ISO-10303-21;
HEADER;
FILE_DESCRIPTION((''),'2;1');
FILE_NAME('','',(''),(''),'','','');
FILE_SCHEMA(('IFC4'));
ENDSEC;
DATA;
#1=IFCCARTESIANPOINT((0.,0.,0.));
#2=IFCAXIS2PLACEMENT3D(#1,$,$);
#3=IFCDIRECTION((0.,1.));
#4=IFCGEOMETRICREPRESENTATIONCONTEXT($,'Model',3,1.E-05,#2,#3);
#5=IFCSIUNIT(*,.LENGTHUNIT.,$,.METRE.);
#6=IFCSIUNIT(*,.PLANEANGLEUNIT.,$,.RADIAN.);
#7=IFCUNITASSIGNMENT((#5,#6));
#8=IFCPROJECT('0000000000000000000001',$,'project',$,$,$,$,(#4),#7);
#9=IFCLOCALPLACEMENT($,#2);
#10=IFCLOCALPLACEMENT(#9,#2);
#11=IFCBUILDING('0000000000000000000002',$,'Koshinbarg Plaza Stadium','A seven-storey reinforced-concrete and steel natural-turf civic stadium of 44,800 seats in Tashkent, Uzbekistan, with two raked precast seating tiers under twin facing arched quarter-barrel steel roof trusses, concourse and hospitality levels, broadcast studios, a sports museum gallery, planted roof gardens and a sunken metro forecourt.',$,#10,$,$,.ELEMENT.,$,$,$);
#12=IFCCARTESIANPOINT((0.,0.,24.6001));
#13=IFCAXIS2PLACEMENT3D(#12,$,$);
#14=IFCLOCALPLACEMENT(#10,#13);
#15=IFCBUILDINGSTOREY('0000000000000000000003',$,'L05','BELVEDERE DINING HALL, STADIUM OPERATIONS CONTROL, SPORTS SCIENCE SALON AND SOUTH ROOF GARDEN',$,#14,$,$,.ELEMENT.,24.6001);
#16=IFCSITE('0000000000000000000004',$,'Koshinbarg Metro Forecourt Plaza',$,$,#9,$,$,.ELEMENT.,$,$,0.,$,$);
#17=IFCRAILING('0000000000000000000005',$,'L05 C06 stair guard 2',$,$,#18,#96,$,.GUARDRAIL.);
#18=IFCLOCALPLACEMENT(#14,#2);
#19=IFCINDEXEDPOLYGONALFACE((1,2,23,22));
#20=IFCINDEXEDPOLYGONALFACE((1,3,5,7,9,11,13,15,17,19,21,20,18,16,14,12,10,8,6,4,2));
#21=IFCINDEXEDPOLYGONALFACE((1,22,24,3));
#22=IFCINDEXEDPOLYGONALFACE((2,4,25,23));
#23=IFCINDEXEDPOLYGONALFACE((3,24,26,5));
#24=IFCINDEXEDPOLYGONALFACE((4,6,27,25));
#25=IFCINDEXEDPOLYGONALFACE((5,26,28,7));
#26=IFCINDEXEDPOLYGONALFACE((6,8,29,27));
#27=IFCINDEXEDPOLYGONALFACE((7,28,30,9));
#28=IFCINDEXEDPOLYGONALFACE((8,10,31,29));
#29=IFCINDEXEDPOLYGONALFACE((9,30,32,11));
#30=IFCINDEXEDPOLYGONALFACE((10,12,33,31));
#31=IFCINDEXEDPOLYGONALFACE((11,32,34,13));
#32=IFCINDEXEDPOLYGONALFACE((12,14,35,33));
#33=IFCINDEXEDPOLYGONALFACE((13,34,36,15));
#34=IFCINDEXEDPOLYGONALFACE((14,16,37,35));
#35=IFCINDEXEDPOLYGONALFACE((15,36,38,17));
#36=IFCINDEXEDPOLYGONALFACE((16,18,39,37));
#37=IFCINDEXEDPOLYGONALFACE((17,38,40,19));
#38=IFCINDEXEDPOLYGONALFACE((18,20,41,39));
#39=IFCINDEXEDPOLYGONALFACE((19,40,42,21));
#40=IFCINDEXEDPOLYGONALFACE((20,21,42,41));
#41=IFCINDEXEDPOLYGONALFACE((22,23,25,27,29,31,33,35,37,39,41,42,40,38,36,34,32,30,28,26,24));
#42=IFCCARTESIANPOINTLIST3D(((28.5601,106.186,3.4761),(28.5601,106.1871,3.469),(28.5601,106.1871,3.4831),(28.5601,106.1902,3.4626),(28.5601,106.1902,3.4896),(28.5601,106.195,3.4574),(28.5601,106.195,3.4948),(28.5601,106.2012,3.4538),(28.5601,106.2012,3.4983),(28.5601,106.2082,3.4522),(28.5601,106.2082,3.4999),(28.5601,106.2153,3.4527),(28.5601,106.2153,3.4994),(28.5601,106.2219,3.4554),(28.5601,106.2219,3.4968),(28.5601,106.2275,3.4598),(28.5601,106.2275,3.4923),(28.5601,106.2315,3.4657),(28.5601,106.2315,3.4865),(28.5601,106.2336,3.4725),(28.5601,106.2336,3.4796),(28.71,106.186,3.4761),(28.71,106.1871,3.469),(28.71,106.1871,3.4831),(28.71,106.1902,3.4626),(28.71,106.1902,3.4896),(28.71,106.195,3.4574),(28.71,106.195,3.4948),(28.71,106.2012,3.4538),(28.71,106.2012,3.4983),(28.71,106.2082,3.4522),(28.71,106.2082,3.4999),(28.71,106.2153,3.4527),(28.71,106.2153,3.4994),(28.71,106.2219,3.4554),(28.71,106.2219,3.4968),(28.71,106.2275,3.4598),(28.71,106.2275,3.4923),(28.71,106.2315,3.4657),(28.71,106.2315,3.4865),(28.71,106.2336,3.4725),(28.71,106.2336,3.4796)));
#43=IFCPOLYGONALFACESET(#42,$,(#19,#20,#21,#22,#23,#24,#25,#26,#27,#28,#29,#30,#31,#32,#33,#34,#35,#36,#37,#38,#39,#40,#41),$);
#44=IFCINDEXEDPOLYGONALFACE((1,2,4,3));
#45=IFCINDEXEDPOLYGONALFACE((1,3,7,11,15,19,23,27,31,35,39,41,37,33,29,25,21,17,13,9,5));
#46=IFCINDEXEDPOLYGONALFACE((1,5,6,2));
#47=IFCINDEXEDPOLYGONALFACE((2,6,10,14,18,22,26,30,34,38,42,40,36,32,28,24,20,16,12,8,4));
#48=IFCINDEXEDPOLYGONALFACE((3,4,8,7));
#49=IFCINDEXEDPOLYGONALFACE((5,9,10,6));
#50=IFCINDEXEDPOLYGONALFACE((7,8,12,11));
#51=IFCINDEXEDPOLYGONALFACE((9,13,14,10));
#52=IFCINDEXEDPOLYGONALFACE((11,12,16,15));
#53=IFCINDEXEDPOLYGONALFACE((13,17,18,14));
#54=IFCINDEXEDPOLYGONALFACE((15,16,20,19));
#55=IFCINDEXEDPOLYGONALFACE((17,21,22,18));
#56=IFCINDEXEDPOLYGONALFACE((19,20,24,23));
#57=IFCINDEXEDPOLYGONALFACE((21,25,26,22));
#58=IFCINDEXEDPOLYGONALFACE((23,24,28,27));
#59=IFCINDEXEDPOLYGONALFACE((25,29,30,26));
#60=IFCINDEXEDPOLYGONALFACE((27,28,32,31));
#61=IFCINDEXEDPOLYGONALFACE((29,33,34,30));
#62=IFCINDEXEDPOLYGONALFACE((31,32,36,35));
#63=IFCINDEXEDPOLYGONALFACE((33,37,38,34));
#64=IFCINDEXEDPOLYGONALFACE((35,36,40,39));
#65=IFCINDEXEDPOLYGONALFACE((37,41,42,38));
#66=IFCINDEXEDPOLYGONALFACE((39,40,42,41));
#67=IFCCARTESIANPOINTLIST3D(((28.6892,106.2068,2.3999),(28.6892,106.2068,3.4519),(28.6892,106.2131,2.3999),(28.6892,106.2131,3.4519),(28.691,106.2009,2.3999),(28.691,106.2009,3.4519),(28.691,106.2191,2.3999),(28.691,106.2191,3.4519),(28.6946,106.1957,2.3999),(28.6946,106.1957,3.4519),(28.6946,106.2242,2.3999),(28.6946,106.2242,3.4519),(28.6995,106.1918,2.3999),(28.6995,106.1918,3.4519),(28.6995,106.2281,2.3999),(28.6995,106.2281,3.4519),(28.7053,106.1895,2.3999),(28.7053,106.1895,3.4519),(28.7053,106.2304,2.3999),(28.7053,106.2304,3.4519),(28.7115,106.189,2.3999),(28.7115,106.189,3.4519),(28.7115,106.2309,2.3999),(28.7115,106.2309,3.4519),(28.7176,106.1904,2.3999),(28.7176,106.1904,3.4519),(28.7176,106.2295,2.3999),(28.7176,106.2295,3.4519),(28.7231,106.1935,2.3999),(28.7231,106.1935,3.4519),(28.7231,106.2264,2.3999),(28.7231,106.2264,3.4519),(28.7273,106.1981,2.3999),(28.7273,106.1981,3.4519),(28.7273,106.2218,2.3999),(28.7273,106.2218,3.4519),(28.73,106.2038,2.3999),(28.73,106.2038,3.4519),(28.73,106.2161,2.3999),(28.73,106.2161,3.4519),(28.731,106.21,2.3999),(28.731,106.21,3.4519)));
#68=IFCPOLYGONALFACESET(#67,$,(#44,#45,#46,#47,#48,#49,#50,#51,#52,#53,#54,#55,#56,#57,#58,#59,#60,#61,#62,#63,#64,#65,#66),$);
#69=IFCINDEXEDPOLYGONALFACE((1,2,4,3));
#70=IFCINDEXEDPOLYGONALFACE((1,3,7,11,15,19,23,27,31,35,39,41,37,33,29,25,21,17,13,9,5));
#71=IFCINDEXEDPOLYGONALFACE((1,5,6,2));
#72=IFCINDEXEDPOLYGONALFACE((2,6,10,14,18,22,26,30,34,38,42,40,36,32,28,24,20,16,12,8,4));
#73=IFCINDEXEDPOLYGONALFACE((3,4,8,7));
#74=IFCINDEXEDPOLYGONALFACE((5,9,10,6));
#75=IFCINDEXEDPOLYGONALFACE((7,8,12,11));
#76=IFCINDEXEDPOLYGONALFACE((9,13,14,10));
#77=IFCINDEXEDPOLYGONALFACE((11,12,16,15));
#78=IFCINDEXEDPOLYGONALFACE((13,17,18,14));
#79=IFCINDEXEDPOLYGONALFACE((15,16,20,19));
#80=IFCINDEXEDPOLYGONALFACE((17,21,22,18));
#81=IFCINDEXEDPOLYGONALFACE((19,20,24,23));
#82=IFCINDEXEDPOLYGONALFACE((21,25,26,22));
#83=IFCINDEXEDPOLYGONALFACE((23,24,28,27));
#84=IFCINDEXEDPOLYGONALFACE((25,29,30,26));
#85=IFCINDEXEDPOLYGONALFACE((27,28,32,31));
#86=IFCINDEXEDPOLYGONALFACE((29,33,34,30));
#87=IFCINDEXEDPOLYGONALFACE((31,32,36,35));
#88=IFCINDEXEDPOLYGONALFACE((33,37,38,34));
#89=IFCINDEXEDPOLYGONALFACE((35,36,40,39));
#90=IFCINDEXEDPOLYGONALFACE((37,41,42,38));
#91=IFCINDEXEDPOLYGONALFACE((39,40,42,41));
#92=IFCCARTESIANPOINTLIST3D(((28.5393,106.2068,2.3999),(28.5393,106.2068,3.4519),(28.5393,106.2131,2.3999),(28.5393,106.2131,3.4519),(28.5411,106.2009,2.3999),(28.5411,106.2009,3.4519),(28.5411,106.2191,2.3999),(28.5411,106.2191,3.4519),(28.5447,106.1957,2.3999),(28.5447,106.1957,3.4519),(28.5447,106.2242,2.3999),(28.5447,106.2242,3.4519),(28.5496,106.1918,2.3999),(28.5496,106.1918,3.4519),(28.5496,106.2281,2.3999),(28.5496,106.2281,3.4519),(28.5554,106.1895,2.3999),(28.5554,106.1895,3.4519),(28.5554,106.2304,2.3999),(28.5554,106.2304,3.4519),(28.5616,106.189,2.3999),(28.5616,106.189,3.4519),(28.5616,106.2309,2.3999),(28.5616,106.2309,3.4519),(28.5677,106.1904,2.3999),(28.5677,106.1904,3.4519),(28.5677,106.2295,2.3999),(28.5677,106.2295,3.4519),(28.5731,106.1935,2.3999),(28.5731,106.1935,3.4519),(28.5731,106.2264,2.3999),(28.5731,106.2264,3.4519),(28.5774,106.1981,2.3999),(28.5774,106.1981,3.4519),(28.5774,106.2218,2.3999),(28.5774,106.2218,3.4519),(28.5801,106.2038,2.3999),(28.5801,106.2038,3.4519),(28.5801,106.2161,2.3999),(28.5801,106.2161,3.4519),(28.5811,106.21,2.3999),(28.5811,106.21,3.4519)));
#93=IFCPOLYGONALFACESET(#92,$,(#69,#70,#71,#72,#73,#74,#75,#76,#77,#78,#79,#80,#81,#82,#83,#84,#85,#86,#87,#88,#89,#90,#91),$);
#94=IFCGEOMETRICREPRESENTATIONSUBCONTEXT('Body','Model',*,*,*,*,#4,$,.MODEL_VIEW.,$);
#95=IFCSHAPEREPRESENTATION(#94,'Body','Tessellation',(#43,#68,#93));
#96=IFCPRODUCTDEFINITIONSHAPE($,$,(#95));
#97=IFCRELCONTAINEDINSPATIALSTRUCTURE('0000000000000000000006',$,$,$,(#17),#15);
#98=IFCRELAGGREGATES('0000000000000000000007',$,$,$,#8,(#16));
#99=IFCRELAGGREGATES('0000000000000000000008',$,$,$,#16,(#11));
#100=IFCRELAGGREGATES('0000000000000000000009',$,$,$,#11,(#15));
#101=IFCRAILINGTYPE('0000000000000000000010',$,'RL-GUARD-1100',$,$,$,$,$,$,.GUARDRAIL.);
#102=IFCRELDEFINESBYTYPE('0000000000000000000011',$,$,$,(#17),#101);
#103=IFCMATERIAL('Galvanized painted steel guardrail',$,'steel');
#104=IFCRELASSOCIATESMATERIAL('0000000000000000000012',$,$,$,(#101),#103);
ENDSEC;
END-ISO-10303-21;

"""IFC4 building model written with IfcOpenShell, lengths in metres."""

from ifc_helpers import new_model, si_unit, direction, frame, origin, origin_2d, place, context, subcontext, project, spatial, circle, extrude, material, type_object, element, save


model = new_model("IFC4")

# Units and contexts
model_context = context("Model", 3, precision=1e-05, world=origin(), true_north=direction((0.0, 1.0)))
body_context = subcontext(model_context, "Body", "Model", "MODEL_VIEW")
ifc_project = project(units=[si_unit("LENGTHUNIT", "METRE"), si_unit("PLANEANGLEUNIT", "RADIAN")], contexts=[model_context])

# Site, building, storey
site_placement = place(None, origin())
site = spatial("IfcSite", under=ifc_project, at=site_placement, Name="Koshinbarg Metro Forecourt Plaza", CompositionType="ELEMENT", RefElevation=0.0)
building_placement = place(site_placement, origin())
building = spatial("IfcBuilding", under=site, at=building_placement, Name="Koshinbarg Plaza Stadium", Description="A seven-storey reinforced-concrete and steel natural-turf civic stadium of 44,800 seats in Tashkent, Uzbekistan, with two raked precast seating tiers under twin facing arched quarter-barrel steel roof trusses, concourse and hospitality levels, broadcast studios, a sports museum gallery, planted roof gardens and a sunken metro forecourt.", CompositionType="ELEMENT")
storey_placement = place(building_placement, frame((0.0, 0.0, 24.6001)))
storey = spatial("IfcBuildingStorey", under=building, at=storey_placement, Name="L05", Description="BELVEDERE DINING HALL, STADIUM OPERATIONS CONTROL, SPORTS SCIENCE SALON AND SOUTH ROOF GARDEN", CompositionType="ELEMENT", Elevation=24.6001)

# Railing
ifc_material_1 = material(Name="Galvanized painted steel guardrail", Category="steel")
railing_type_1 = type_object("IfcRailingType", Name="RL-GUARD-1100", PredefinedType="GUARDRAIL", material=ifc_material_1)
railing_1_placement = place(storey_placement, frame((28.71, 106.21, 2.3999)))
element("IfcRailing", 1, at=railing_1_placement, inside=storey, type_object=railing_type_1, Name="L05 C06 stair guard 2", PredefinedType="GUARDRAIL", context=body_context, shape_type="SweptSolid", body=[
    extrude(circle(Radius=0.0239, at=origin_2d()), frame((0.0, 0.0, 1.0762), z_axis=(-1.0, 0.0, 0.0), x_axis=(0.0, -1.0, 0.0)), (0.0, 0.0, 1.0), 0.1499),
    extrude(circle(Radius=0.021, at=origin_2d()), origin(), (0.0, 0.0, 1.0), 1.052),
    extrude(circle(Radius=0.021, at=origin_2d()), frame((-0.1499, 0.0, 0.0)), (0.0, 0.0, 1.0), 1.052),
])

save(model, "model.ifc")
